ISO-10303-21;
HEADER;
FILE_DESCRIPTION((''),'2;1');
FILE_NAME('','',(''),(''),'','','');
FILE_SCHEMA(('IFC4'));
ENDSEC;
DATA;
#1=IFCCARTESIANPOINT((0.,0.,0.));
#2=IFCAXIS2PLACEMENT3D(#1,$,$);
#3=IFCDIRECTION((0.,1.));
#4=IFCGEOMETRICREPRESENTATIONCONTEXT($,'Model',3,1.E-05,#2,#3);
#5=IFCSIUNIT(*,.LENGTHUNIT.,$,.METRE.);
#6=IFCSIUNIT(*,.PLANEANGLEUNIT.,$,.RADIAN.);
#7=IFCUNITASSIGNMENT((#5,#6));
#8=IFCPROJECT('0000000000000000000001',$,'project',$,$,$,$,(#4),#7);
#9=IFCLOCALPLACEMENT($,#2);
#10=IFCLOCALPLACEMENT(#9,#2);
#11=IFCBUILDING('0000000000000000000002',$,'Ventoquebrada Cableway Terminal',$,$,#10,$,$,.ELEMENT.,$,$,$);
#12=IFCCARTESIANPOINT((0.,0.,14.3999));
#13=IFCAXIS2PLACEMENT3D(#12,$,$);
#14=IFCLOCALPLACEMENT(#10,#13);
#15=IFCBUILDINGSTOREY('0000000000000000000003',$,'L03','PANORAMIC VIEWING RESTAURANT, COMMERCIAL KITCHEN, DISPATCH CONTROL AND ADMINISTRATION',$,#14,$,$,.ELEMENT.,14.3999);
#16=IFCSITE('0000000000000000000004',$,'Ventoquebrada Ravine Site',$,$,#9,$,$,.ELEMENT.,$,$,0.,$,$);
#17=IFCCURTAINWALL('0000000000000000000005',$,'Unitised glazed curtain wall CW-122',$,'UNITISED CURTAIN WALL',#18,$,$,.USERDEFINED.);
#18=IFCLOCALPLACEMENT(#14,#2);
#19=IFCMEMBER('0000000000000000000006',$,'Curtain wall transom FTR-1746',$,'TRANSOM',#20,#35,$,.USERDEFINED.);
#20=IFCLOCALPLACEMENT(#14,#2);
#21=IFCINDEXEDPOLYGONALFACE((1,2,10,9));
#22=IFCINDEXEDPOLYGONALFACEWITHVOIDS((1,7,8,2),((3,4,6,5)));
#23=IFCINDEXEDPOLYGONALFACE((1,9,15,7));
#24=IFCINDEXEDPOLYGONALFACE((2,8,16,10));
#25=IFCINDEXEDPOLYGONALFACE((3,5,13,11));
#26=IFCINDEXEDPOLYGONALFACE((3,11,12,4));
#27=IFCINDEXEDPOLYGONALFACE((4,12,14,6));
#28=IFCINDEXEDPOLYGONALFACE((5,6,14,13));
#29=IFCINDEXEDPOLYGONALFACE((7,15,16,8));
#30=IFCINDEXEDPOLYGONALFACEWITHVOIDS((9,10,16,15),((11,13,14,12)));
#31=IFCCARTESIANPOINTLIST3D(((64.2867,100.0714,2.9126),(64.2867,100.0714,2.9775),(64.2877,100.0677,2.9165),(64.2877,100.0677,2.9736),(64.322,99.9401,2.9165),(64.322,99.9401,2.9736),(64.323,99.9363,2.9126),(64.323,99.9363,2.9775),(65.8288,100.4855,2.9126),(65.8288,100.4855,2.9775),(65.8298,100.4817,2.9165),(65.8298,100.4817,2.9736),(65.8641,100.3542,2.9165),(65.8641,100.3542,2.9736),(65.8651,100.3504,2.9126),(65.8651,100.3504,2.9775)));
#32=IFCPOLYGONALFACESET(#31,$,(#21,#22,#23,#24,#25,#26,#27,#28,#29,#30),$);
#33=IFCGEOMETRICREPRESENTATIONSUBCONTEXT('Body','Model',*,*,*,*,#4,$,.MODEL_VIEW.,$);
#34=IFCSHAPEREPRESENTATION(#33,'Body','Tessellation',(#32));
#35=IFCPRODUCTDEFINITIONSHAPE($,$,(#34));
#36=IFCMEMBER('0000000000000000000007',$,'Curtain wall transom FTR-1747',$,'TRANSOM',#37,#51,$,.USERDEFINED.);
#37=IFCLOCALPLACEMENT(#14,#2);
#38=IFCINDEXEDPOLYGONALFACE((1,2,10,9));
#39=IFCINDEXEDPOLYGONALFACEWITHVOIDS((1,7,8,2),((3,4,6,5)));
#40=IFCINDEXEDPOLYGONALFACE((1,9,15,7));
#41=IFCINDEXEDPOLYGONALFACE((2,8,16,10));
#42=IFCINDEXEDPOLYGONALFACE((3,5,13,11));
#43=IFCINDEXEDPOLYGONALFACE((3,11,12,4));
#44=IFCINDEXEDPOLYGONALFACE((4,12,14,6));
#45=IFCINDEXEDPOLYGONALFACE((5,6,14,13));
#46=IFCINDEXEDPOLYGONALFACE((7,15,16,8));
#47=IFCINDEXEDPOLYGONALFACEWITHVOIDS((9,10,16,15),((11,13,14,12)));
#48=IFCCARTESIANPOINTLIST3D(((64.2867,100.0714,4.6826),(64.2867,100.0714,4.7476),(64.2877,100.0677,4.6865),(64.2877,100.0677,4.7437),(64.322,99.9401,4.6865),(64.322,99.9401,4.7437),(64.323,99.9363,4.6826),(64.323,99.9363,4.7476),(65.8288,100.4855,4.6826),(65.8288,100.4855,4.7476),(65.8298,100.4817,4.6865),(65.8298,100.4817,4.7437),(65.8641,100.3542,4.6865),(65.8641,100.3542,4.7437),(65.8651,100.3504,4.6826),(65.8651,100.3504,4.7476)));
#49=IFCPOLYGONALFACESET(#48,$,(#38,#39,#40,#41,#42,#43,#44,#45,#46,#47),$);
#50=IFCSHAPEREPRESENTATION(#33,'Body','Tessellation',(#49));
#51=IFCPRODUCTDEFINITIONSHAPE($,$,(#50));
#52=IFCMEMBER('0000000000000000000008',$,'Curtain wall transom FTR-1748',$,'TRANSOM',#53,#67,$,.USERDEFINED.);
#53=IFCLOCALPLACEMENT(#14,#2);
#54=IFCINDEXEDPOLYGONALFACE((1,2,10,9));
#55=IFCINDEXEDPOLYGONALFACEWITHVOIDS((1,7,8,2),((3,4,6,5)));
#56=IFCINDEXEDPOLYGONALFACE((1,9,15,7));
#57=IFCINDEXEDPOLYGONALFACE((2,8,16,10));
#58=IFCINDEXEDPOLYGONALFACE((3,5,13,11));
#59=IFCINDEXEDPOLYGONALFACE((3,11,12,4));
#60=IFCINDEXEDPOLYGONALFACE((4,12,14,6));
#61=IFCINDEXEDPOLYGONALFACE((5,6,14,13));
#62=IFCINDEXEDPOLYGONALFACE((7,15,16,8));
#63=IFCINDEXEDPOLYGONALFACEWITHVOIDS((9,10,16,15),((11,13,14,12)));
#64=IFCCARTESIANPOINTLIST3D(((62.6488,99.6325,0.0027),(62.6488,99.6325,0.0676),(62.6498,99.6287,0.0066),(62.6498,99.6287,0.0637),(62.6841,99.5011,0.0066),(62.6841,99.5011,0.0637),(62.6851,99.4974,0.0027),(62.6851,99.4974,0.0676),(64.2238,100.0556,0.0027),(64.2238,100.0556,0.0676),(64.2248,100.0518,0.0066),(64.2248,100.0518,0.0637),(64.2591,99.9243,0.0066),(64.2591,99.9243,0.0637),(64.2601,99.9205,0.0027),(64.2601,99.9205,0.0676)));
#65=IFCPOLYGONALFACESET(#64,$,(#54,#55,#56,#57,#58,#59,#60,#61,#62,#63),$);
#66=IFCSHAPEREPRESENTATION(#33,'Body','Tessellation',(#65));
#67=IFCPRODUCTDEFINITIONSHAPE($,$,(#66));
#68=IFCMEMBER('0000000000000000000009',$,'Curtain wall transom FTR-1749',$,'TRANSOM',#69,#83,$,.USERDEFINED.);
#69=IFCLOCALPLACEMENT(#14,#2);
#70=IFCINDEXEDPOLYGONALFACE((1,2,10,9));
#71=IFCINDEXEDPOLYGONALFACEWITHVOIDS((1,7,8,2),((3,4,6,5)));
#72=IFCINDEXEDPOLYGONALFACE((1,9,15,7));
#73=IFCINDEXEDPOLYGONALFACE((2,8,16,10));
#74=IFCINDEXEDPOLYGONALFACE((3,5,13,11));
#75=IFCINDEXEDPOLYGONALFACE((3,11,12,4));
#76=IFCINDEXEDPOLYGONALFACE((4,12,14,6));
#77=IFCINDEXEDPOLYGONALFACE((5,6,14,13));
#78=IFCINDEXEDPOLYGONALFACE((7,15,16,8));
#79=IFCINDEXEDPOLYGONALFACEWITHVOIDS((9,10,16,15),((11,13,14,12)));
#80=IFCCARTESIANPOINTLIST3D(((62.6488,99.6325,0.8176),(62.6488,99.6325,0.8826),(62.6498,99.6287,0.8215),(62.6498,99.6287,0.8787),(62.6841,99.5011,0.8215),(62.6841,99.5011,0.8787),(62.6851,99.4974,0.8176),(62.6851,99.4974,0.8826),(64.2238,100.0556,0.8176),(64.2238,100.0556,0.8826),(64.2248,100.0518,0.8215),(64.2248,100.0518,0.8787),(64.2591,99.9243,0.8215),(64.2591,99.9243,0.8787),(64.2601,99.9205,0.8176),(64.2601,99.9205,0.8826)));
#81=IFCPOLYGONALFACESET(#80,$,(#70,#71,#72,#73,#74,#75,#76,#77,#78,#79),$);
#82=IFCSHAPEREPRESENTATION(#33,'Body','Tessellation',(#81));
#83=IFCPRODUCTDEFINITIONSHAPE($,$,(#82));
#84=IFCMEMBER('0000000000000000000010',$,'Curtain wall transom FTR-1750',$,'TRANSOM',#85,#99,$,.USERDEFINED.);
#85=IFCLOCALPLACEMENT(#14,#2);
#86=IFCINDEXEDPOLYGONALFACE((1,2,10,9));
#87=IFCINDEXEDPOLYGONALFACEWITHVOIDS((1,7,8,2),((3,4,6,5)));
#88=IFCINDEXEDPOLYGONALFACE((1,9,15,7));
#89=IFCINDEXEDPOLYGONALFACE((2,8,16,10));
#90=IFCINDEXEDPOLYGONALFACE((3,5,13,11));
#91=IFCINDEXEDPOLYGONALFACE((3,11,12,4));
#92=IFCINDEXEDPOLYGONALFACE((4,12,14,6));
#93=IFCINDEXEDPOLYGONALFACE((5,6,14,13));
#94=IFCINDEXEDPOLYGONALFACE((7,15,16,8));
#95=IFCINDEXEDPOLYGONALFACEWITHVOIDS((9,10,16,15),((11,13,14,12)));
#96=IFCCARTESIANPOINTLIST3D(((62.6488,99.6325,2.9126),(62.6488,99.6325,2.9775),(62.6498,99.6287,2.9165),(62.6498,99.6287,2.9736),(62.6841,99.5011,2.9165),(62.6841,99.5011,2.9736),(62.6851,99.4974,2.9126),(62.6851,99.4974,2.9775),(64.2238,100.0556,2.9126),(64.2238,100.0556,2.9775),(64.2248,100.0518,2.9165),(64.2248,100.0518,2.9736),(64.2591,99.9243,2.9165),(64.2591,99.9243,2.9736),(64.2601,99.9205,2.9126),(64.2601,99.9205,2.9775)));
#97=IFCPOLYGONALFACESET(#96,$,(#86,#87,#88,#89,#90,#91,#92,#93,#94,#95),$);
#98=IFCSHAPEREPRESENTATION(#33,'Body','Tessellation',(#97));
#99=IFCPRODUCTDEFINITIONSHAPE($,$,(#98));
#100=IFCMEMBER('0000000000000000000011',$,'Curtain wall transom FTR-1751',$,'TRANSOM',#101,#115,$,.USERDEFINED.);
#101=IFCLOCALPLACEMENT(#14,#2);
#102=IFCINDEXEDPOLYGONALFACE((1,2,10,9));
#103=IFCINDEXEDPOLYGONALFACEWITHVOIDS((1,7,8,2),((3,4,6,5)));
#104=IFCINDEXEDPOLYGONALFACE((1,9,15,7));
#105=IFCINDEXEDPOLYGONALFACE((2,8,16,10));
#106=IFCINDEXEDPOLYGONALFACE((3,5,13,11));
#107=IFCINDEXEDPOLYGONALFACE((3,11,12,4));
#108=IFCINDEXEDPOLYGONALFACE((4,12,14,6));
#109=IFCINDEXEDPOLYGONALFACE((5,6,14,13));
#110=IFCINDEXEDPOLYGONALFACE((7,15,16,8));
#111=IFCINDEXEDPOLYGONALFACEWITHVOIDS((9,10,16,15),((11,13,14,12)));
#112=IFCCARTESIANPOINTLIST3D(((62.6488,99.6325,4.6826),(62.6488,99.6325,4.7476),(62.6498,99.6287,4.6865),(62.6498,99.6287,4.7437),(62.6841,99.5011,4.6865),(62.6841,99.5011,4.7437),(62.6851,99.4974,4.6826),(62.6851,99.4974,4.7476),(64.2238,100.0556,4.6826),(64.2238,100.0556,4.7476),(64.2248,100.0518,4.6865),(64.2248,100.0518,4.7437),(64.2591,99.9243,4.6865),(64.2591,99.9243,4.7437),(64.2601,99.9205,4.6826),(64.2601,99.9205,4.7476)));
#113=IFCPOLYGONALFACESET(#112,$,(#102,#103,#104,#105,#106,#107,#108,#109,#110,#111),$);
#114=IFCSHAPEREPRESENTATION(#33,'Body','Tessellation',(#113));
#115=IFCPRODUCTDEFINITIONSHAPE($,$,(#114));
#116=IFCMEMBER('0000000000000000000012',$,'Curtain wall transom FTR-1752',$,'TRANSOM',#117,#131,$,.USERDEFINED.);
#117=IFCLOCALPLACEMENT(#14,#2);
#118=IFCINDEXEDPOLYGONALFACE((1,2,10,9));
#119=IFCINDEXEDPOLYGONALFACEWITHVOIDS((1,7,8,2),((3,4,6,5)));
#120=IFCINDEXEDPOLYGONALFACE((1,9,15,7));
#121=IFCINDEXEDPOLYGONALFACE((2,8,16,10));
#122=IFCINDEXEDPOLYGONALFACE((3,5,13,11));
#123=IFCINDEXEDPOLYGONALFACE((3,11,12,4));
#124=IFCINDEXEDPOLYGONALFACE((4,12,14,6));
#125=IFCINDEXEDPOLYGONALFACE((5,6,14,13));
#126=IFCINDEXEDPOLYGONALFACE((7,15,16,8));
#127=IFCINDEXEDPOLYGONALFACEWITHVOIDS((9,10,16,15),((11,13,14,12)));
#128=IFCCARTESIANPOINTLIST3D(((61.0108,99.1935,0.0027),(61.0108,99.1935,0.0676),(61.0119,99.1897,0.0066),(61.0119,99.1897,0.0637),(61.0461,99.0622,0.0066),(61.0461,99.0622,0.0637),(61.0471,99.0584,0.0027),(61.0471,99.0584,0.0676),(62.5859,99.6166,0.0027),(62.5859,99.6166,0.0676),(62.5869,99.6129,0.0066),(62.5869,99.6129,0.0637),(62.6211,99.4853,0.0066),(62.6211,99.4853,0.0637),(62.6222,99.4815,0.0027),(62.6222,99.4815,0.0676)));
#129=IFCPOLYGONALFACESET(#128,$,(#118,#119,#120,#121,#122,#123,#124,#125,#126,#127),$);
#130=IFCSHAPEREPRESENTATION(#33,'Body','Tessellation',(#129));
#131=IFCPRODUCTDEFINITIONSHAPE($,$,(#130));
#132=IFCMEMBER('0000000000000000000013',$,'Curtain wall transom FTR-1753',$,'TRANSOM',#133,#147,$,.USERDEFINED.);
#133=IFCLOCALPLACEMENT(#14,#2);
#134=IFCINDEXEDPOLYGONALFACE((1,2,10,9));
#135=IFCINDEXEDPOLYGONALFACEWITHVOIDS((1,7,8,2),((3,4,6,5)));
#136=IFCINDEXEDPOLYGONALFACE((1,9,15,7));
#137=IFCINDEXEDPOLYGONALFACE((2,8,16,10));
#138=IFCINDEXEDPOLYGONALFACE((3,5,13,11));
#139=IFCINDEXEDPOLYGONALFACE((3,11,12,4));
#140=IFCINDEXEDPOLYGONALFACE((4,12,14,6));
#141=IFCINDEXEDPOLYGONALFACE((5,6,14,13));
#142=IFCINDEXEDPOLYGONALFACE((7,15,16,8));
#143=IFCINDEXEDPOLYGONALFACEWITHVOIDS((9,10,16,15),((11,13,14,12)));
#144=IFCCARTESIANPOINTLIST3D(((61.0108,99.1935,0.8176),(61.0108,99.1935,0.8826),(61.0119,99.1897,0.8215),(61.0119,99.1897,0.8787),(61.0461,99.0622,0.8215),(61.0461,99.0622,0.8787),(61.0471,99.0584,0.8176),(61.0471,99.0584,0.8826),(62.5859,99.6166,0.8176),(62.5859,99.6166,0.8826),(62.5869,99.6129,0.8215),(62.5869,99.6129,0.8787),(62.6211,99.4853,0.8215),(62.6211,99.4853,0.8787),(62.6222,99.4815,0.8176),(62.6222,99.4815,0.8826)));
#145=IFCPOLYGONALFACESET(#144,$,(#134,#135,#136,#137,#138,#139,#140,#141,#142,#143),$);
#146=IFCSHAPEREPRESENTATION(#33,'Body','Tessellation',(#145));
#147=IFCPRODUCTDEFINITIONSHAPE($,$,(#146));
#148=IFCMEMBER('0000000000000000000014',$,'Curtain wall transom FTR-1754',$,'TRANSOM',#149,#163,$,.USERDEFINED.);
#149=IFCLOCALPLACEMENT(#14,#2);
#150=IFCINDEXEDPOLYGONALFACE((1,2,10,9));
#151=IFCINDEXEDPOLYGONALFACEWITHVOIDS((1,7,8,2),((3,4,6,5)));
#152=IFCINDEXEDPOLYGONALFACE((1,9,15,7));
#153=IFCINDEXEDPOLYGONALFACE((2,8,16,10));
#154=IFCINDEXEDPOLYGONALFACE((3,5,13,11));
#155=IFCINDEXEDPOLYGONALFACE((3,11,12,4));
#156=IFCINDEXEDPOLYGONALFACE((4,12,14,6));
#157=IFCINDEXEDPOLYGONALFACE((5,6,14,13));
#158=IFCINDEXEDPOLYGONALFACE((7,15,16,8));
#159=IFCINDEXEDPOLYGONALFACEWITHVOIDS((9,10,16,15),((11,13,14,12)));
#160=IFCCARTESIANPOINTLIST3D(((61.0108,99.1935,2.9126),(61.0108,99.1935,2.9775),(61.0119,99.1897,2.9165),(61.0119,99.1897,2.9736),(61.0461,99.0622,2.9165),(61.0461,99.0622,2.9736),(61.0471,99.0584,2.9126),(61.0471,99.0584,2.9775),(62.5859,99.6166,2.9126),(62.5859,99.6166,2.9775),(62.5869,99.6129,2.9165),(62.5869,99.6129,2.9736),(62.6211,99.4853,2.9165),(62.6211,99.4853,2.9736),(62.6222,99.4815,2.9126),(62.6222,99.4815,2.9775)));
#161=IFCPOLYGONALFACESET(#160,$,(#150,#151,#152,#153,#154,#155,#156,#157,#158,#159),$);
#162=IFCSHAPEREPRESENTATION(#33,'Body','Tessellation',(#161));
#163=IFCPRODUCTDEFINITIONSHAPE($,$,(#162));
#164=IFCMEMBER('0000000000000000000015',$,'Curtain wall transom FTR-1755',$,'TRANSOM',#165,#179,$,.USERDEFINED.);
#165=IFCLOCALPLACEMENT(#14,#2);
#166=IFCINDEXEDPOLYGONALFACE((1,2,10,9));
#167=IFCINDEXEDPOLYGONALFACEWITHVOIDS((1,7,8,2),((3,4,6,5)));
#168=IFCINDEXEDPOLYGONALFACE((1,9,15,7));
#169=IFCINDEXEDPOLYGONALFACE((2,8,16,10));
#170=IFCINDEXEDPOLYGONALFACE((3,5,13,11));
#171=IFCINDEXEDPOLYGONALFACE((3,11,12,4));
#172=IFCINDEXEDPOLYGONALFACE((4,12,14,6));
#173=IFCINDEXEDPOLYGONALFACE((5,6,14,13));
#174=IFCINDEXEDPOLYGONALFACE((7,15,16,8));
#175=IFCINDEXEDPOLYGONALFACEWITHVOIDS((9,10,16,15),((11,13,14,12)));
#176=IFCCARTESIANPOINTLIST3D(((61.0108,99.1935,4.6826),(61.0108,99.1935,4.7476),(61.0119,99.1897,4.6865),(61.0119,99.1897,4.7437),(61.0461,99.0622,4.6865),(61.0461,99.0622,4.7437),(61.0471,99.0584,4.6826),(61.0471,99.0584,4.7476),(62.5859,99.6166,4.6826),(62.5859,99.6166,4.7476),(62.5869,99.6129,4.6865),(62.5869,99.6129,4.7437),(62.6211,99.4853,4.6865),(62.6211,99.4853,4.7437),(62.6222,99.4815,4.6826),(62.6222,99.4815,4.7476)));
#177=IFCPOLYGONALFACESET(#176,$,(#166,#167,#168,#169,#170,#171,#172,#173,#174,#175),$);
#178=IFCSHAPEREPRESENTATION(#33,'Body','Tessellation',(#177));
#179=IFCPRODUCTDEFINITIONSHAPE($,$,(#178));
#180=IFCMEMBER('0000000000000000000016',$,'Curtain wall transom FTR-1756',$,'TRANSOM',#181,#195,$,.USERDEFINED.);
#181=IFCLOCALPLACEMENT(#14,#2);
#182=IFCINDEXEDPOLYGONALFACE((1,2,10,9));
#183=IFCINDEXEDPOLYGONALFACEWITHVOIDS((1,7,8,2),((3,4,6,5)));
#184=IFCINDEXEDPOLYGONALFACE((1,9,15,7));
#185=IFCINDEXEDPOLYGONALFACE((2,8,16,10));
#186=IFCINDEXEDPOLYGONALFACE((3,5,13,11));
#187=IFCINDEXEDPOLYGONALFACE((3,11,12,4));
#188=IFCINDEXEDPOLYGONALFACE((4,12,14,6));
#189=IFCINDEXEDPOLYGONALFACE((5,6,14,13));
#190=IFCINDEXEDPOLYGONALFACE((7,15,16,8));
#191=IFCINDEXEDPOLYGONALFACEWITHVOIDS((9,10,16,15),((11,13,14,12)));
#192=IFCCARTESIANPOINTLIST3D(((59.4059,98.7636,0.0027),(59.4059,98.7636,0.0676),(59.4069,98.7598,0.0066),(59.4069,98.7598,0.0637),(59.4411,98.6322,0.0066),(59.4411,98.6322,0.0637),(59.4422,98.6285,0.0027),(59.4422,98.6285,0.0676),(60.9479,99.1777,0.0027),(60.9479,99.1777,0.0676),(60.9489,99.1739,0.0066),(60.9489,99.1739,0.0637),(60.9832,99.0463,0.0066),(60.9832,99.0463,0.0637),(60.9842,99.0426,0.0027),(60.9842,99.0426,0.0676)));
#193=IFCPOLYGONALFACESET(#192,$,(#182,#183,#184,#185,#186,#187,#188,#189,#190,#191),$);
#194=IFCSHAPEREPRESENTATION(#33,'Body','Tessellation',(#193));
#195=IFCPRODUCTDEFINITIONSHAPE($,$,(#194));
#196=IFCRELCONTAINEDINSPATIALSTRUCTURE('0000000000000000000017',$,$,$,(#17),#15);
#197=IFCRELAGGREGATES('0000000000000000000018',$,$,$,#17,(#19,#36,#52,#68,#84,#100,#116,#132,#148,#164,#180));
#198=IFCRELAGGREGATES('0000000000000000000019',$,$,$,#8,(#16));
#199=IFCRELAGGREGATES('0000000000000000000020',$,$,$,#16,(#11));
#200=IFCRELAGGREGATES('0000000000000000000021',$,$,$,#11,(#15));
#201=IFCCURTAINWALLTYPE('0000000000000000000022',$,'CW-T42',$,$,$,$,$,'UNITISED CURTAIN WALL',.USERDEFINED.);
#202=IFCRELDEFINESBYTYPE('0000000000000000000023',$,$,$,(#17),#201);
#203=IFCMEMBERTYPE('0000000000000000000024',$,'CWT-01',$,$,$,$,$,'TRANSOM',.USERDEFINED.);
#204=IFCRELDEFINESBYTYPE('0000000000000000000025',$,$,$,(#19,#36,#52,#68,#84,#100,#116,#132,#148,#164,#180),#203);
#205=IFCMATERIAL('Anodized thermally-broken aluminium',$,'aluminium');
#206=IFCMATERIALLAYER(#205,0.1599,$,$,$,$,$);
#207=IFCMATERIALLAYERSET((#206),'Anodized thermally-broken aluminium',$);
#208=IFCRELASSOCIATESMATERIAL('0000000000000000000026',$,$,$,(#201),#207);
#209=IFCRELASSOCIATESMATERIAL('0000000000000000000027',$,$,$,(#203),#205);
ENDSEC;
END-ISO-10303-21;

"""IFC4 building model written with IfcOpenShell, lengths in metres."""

from ifc_helpers import new_model, si_unit, direction, frame, origin, origin_2d, place, context, subcontext, project, spatial, hollow_rectangle, extrude, material, layer, layer_set, material_profile, profile_set, type_object, element, aggregate, save


model = new_model("IFC4")

# Units and contexts
model_context = context("Model", 3, precision=1e-05, world=origin(), true_north=direction((0.0, 1.0)))
body_context = subcontext(model_context, "Body", "Model", "MODEL_VIEW")
ifc_project = project(units=[si_unit("LENGTHUNIT", "METRE"), si_unit("PLANEANGLEUNIT", "RADIAN")], contexts=[model_context])

# Site, building, storey
site_placement = place(None, origin())
site = spatial("IfcSite", under=ifc_project, at=site_placement, Name="Ventoquebrada Ravine Site", CompositionType="ELEMENT", RefElevation=0.0)
building_placement = place(site_placement, origin())
building = spatial("IfcBuilding", under=site, at=building_placement, Name="Ventoquebrada Cableway Terminal", CompositionType="ELEMENT")
storey_placement = place(building_placement, frame((0.0, 0.0, 14.3999)))
storey = spatial("IfcBuildingStorey", under=building, at=storey_placement, Name="L03", Description="PANORAMIC VIEWING RESTAURANT, COMMERCIAL KITCHEN, DISPATCH CONTROL AND ADMINISTRATION", CompositionType="ELEMENT", Elevation=14.3999)

# Curtain wall
ifc_material_1 = material(Name="Anodized thermally-broken aluminium", Category="aluminium")
ifc_layer_1 = layer(ifc_material_1, 0.1599)
ifc_layer_set_1 = layer_set([ifc_layer_1], Name="Anodized thermally-broken aluminium")
curtain_wall_type = type_object("IfcCurtainWallType", Name="CW-T42", ElementType="UNITISED CURTAIN WALL", PredefinedType="USERDEFINED", material=ifc_layer_set_1)
curtain_wall_1_placement = place(storey_placement, origin())
curtain_wall_1 = element("IfcCurtainWall", 1, at=curtain_wall_1_placement, inside=storey, type_object=curtain_wall_type, Name="Unitised glazed curtain wall CW-122", ObjectType="UNITISED CURTAIN WALL", PredefinedType="USERDEFINED")

# Members
ifc_material_profile_1 = material_profile(ifc_material_1, hollow_rectangle(XDim=0.0649, YDim=0.1399, WallThickness=0.0039, at=origin_2d()), Name="CW-TRN-65X140")
ifc_profile_set_1 = profile_set([ifc_material_profile_1], Name="Anodized thermally-broken aluminium")
member_type_1 = type_object("IfcMemberType", Name="CWT-01", ElementType="TRANSOM", PredefinedType="USERDEFINED", material=ifc_profile_set_1)
member_1_placement = place(storey_placement, frame((65.8469, 100.418, 2.9451), z_axis=(-0.965787, -0.259337, 0.0), x_axis=(0.0, 0.0, 1.0)))
member_1 = element("IfcMember", 2, at=member_1_placement, type_object=member_type_1, Name="Curtain wall transom FTR-1746", ObjectType="TRANSOM", PredefinedType="USERDEFINED", context=body_context, shape_type="SweptSolid", body=[
    extrude(hollow_rectangle(XDim=0.0649, YDim=0.1399, WallThickness=0.0039, at=origin_2d()), origin(), (0.0, 0.0, 1.0), 1.5967),
])
member_2_placement = place(storey_placement, frame((65.8469, 100.418, 4.7151), z_axis=(-0.965787, -0.259337, 0.0), x_axis=(0.0, 0.0, 1.0)))
member_2 = element("IfcMember", 3, at=member_2_placement, type_object=member_type_1, Name="Curtain wall transom FTR-1747", ObjectType="TRANSOM", PredefinedType="USERDEFINED", context=body_context, shape_type="SweptSolid", body=[
    extrude(hollow_rectangle(XDim=0.0649, YDim=0.1399, WallThickness=0.0039, at=origin_2d()), origin(), (0.0, 0.0, 1.0), 1.5967),
])
member_3_placement = place(storey_placement, frame((64.2419, 99.988, 0.0352), z_axis=(-0.965759, -0.259442, 0.0), x_axis=(0.0, 0.0, 1.0)))
member_3 = element("IfcMember", 4, at=member_3_placement, type_object=member_type_1, Name="Curtain wall transom FTR-1748", ObjectType="TRANSOM", PredefinedType="USERDEFINED", context=body_context, shape_type="SweptSolid", body=[
    extrude(hollow_rectangle(XDim=0.0649, YDim=0.1399, WallThickness=0.0039, at=origin_2d()), origin(), (0.0, 0.0, 1.0), 1.6309),
])
member_4_placement = place(storey_placement, frame((64.2419, 99.988, 0.8501), z_axis=(-0.965759, -0.259442, 0.0), x_axis=(0.0, 0.0, 1.0)))
member_4 = element("IfcMember", 5, at=member_4_placement, type_object=member_type_1, Name="Curtain wall transom FTR-1749", ObjectType="TRANSOM", PredefinedType="USERDEFINED", context=body_context, shape_type="SweptSolid", body=[
    extrude(hollow_rectangle(XDim=0.0649, YDim=0.1399, WallThickness=0.0039, at=origin_2d()), origin(), (0.0, 0.0, 1.0), 1.6309),
])
member_5_placement = place(storey_placement, frame((64.2419, 99.988, 2.9451), z_axis=(-0.965759, -0.259442, 0.0), x_axis=(0.0, 0.0, 1.0)))
member_5 = element("IfcMember", 6, at=member_5_placement, type_object=member_type_1, Name="Curtain wall transom FTR-1750", ObjectType="TRANSOM", PredefinedType="USERDEFINED", context=body_context, shape_type="SweptSolid", body=[
    extrude(hollow_rectangle(XDim=0.0649, YDim=0.1399, WallThickness=0.0039, at=origin_2d()), origin(), (0.0, 0.0, 1.0), 1.6309),
])
member_6_placement = place(storey_placement, frame((64.2419, 99.988, 4.7151), z_axis=(-0.965759, -0.259442, 0.0), x_axis=(0.0, 0.0, 1.0)))
member_6 = element("IfcMember", 7, at=member_6_placement, type_object=member_type_1, Name="Curtain wall transom FTR-1751", ObjectType="TRANSOM", PredefinedType="USERDEFINED", context=body_context, shape_type="SweptSolid", body=[
    extrude(hollow_rectangle(XDim=0.0649, YDim=0.1399, WallThickness=0.0039, at=origin_2d()), origin(), (0.0, 0.0, 1.0), 1.6309),
])
member_7_placement = place(storey_placement, frame((62.604, 99.5491, 0.0352), z_axis=(-0.965759, -0.259442, 0.0), x_axis=(0.0, 0.0, 1.0)))
member_7 = element("IfcMember", 8, at=member_7_placement, type_object=member_type_1, Name="Curtain wall transom FTR-1752", ObjectType="TRANSOM", PredefinedType="USERDEFINED", context=body_context, shape_type="SweptSolid", body=[
    extrude(hollow_rectangle(XDim=0.0649, YDim=0.1399, WallThickness=0.0039, at=origin_2d()), origin(), (0.0, 0.0, 1.0), 1.6309),
])
member_8_placement = place(storey_placement, frame((62.604, 99.5491, 0.8501), z_axis=(-0.965759, -0.259442, 0.0), x_axis=(0.0, 0.0, 1.0)))
member_8 = element("IfcMember", 9, at=member_8_placement, type_object=member_type_1, Name="Curtain wall transom FTR-1753", ObjectType="TRANSOM", PredefinedType="USERDEFINED", context=body_context, shape_type="SweptSolid", body=[
    extrude(hollow_rectangle(XDim=0.0649, YDim=0.1399, WallThickness=0.0039, at=origin_2d()), origin(), (0.0, 0.0, 1.0), 1.6309),
])
member_9_placement = place(storey_placement, frame((62.604, 99.5491, 2.9451), z_axis=(-0.965759, -0.259442, 0.0), x_axis=(0.0, 0.0, 1.0)))
member_9 = element("IfcMember", 10, at=member_9_placement, type_object=member_type_1, Name="Curtain wall transom FTR-1754", ObjectType="TRANSOM", PredefinedType="USERDEFINED", context=body_context, shape_type="SweptSolid", body=[
    extrude(hollow_rectangle(XDim=0.0649, YDim=0.1399, WallThickness=0.0039, at=origin_2d()), origin(), (0.0, 0.0, 1.0), 1.6309),
])
member_10_placement = place(storey_placement, frame((62.604, 99.5491, 4.7151), z_axis=(-0.965759, -0.259442, 0.0), x_axis=(0.0, 0.0, 1.0)))
member_10 = element("IfcMember", 11, at=member_10_placement, type_object=member_type_1, Name="Curtain wall transom FTR-1755", ObjectType="TRANSOM", PredefinedType="USERDEFINED", context=body_context, shape_type="SweptSolid", body=[
    extrude(hollow_rectangle(XDim=0.0649, YDim=0.1399, WallThickness=0.0039, at=origin_2d()), origin(), (0.0, 0.0, 1.0), 1.6309),
])
member_11_placement = place(storey_placement, frame((60.9661, 99.1101, 0.0352), z_axis=(-0.965787, -0.259337, 0.0), x_axis=(0.0, 0.0, 1.0)))
member_11 = element("IfcMember", 12, at=member_11_placement, type_object=member_type_1, Name="Curtain wall transom FTR-1756", ObjectType="TRANSOM", PredefinedType="USERDEFINED", context=body_context, shape_type="SweptSolid", body=[
    extrude(hollow_rectangle(XDim=0.0649, YDim=0.1399, WallThickness=0.0039, at=origin_2d()), origin(), (0.0, 0.0, 1.0), 1.5967),
])

aggregate(curtain_wall_1, [member_1, member_2, member_3, member_4, member_5, member_6, member_7, member_8, member_9, member_10, member_11])

save(model, "model.ifc")
